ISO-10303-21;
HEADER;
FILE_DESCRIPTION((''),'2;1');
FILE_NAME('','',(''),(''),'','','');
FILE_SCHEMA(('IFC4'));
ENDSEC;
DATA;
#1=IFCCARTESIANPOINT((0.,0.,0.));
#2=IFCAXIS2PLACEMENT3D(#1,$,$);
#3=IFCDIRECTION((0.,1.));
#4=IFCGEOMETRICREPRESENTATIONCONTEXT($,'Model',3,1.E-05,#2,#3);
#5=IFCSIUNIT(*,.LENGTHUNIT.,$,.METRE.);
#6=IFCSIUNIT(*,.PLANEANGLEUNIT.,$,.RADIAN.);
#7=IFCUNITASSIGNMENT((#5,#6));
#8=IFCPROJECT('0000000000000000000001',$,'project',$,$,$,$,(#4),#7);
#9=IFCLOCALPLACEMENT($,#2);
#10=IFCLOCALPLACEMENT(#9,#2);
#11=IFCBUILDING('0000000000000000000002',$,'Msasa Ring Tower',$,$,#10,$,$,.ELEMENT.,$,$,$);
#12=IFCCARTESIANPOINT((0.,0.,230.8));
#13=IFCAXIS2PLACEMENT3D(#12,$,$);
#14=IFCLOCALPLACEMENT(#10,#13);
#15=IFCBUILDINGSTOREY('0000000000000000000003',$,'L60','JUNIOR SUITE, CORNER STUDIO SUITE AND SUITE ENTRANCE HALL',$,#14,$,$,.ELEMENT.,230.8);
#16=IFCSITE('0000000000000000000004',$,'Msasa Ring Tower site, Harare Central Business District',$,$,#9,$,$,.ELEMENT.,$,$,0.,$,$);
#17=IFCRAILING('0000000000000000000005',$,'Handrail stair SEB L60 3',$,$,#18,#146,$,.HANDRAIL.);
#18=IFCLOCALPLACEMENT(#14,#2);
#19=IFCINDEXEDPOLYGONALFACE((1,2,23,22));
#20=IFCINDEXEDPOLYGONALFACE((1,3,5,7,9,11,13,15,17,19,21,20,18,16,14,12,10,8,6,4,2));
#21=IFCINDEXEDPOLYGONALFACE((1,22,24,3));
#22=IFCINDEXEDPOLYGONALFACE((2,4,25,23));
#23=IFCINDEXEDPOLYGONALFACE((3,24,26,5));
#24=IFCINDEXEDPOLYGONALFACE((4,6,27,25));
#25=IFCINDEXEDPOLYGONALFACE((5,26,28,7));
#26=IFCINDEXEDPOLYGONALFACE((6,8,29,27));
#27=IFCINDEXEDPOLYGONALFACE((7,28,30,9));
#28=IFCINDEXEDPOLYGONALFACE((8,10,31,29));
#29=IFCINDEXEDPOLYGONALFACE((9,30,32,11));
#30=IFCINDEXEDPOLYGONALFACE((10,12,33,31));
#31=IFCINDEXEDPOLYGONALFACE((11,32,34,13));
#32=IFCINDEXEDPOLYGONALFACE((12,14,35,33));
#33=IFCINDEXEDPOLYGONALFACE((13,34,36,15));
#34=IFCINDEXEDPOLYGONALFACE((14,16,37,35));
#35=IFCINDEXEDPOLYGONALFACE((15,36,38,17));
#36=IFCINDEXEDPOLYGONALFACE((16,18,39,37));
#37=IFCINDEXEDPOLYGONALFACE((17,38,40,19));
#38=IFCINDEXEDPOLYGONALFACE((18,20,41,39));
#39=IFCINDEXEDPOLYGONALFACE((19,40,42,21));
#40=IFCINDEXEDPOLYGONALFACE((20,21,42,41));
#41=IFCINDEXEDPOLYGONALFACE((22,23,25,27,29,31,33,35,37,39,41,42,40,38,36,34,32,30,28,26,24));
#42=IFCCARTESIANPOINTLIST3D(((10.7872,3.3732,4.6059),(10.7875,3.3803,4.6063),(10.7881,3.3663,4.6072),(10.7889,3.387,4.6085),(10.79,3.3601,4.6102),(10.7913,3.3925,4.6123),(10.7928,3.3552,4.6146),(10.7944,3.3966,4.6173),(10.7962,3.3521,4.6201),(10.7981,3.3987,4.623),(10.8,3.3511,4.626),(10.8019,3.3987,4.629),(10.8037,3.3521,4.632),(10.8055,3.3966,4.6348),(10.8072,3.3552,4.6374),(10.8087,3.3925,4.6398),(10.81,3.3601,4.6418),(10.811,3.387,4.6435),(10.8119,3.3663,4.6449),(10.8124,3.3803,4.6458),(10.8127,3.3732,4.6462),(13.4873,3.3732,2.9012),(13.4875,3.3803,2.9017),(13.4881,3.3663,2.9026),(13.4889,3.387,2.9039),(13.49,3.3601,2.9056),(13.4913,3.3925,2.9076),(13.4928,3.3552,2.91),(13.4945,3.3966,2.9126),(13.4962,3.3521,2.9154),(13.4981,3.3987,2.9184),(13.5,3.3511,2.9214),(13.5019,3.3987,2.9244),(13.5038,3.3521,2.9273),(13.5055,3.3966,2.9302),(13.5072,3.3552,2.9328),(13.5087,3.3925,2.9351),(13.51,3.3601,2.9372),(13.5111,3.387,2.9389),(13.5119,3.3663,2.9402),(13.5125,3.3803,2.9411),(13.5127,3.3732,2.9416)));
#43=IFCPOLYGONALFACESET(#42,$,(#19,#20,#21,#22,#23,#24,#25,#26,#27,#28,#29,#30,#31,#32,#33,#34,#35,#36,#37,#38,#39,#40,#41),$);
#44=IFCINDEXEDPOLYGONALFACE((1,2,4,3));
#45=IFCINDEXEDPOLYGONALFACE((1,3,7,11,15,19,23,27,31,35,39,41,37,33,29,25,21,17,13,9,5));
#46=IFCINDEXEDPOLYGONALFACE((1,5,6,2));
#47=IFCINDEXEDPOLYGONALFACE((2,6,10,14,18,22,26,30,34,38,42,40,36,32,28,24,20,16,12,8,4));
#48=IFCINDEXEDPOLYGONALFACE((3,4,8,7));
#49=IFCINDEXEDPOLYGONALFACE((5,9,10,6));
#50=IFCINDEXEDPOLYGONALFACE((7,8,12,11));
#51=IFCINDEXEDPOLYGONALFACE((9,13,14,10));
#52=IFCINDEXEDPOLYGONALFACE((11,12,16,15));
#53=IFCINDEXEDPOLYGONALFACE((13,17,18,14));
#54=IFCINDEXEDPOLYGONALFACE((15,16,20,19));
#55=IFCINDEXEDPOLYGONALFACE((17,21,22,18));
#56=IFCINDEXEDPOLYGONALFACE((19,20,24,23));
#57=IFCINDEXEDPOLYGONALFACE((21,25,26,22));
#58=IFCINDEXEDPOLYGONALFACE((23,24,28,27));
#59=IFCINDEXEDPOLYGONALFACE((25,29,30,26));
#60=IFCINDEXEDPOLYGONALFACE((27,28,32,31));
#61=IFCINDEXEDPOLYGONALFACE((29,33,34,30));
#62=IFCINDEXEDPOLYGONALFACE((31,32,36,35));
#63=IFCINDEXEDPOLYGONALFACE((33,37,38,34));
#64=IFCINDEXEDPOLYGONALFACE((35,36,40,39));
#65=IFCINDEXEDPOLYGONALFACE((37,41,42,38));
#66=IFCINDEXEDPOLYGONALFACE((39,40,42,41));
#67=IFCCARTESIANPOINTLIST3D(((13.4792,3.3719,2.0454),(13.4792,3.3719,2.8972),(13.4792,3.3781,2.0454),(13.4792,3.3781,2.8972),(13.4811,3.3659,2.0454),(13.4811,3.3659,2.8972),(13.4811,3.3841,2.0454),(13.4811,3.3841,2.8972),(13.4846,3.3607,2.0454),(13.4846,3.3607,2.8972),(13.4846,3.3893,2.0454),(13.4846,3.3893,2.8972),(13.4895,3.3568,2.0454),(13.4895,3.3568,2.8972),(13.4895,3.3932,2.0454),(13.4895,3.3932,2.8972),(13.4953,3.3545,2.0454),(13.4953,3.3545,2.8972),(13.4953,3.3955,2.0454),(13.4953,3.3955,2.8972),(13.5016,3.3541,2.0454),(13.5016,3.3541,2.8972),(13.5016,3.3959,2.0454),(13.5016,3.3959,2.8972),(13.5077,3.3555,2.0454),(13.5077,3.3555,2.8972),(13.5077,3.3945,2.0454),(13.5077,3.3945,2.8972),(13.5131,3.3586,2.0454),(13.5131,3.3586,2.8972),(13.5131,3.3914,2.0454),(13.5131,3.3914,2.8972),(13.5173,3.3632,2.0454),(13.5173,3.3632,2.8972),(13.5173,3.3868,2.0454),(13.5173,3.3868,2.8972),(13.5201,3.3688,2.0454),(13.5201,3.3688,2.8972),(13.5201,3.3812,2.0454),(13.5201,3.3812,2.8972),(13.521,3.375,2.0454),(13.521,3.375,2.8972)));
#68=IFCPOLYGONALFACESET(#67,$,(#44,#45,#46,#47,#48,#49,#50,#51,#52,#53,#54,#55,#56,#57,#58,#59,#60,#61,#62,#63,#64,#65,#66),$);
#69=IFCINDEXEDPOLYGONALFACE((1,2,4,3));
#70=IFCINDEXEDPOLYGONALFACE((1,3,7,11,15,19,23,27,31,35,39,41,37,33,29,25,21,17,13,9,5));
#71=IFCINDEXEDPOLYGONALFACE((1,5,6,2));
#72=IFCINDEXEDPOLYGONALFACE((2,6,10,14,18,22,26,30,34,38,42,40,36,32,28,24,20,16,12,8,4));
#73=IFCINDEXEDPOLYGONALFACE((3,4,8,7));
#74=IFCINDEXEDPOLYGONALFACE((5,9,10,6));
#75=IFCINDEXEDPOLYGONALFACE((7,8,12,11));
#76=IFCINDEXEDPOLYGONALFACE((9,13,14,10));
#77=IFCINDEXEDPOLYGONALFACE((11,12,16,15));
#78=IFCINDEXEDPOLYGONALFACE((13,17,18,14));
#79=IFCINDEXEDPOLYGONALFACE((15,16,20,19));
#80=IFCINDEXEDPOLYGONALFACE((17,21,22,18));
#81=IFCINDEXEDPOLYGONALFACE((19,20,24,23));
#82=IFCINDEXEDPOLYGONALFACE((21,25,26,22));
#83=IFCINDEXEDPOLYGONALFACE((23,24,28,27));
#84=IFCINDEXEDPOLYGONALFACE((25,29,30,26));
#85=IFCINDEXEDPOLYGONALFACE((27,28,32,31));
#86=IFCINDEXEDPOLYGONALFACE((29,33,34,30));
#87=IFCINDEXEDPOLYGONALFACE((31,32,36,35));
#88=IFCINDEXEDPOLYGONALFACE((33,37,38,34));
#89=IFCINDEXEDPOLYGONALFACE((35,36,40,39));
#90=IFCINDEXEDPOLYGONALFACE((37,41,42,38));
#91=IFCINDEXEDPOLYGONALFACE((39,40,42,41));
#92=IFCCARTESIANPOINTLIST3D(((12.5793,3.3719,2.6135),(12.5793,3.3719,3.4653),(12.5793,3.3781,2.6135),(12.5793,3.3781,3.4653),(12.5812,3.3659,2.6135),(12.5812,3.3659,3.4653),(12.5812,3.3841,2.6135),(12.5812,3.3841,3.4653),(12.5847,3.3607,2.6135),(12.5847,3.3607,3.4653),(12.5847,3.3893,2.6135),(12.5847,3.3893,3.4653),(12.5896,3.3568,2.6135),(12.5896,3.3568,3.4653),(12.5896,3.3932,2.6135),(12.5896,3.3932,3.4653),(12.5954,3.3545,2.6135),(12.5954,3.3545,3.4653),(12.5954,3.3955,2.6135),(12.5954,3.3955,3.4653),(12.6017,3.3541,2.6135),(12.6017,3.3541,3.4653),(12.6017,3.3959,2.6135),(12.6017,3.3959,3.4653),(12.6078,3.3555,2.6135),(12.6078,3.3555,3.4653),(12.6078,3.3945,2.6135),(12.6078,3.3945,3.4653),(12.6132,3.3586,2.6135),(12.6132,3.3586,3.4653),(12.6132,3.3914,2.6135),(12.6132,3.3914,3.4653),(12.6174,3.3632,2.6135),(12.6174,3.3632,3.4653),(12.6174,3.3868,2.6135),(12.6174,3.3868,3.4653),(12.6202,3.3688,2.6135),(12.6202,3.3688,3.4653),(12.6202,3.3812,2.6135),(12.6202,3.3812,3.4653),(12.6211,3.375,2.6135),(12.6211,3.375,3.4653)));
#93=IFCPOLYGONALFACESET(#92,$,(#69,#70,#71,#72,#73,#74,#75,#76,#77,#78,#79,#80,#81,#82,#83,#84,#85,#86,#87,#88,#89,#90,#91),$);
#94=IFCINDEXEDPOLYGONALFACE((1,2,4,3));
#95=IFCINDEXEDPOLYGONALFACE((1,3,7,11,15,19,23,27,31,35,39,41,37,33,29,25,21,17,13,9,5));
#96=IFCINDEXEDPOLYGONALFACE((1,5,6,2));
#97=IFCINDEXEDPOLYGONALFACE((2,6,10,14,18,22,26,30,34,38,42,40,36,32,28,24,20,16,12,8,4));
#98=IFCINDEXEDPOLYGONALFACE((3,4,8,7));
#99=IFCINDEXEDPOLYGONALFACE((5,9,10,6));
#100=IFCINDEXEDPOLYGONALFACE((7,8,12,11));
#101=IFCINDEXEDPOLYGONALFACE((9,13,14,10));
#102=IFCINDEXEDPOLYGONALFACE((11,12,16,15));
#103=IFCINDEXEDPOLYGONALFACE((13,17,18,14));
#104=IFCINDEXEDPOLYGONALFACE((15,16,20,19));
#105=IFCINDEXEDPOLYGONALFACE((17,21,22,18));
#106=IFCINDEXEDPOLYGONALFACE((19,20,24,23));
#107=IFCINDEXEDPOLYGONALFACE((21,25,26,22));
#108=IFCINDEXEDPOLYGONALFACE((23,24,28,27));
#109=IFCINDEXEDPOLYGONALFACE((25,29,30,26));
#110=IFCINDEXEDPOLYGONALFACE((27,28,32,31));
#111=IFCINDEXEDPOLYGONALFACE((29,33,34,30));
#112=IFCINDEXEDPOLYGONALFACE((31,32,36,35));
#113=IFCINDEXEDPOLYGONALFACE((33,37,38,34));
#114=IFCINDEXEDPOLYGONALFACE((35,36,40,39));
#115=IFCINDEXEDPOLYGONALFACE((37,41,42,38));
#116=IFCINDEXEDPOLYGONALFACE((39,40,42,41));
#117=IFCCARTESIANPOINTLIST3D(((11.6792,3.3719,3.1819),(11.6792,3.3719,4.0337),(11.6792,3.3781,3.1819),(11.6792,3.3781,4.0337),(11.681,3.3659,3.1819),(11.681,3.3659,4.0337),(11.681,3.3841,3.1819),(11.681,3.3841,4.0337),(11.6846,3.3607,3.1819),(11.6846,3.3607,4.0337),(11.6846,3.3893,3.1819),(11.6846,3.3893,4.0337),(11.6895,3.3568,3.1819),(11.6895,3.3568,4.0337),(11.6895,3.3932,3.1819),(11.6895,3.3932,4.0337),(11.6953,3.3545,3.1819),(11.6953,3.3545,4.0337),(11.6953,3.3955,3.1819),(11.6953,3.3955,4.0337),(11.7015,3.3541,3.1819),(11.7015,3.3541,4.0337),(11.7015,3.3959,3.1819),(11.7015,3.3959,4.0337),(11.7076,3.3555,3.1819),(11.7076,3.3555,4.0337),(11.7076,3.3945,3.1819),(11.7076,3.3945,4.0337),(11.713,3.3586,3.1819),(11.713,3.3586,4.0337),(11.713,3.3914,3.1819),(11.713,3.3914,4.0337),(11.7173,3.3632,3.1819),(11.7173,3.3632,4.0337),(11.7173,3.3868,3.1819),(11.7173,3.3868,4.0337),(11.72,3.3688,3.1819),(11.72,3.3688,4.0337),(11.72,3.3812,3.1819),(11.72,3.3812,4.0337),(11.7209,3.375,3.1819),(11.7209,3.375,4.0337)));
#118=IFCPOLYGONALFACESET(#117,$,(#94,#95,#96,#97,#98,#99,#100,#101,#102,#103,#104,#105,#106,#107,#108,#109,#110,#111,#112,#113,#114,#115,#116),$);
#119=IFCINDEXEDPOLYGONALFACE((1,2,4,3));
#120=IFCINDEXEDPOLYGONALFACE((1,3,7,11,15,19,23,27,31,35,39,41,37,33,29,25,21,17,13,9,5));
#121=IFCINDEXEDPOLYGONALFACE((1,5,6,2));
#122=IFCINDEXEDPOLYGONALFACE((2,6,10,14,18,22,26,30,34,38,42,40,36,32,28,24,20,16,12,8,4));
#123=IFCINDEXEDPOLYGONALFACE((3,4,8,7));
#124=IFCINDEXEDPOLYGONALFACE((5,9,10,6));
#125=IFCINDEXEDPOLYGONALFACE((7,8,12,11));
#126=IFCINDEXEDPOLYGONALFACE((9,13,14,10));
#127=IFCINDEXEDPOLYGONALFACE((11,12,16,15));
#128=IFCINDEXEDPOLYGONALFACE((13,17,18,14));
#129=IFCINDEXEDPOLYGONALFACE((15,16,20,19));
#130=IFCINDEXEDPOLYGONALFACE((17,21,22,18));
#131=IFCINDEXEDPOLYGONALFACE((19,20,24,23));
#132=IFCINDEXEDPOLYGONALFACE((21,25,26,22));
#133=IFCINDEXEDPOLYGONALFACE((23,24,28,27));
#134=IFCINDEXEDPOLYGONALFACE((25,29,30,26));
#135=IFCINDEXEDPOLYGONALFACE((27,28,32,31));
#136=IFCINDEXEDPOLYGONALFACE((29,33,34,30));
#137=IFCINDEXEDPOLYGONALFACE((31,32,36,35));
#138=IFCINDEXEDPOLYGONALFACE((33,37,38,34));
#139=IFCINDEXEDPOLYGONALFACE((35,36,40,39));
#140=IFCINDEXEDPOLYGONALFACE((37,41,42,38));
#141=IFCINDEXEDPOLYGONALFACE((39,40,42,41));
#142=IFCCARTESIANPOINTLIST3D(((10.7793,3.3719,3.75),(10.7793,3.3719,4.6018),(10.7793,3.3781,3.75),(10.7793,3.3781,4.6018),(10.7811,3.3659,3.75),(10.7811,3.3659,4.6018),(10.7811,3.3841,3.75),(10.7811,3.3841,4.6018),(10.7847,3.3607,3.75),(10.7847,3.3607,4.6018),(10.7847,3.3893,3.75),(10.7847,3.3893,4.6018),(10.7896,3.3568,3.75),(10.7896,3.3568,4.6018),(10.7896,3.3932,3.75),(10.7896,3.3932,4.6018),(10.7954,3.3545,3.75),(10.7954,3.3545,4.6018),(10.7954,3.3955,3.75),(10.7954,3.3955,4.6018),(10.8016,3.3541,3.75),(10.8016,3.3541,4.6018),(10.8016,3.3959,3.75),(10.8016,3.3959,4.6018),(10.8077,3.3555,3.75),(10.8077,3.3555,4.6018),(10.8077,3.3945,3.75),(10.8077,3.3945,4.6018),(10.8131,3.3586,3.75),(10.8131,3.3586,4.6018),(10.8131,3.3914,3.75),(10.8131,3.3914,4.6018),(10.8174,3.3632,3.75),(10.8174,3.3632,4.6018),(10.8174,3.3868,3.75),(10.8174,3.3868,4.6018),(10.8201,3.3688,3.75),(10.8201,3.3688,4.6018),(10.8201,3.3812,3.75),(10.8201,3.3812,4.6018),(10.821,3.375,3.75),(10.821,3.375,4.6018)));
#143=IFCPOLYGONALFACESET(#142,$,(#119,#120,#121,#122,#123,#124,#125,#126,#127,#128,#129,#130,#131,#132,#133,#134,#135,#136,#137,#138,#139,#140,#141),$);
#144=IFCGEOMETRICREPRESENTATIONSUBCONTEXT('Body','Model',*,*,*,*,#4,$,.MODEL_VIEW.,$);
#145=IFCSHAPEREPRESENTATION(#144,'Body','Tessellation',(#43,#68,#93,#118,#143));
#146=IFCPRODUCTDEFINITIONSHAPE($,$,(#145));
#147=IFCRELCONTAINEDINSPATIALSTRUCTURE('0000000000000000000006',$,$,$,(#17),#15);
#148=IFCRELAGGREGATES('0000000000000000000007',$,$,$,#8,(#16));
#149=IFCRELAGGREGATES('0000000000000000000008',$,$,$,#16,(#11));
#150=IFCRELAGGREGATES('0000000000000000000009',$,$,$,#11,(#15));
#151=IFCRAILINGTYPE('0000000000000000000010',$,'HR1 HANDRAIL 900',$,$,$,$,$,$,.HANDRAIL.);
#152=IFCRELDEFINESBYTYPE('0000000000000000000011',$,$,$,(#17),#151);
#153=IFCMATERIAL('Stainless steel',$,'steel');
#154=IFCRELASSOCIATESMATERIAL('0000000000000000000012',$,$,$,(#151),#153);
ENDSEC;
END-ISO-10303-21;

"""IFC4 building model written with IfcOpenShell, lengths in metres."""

from ifc_helpers import new_model, si_unit, direction, frame, origin, origin_2d, place, context, subcontext, project, spatial, circle, extrude, material, type_object, element, save


model = new_model("IFC4")

# Units and contexts
model_context = context("Model", 3, precision=1e-05, world=origin(), true_north=direction((0.0, 1.0)))
body_context = subcontext(model_context, "Body", "Model", "MODEL_VIEW")
ifc_project = project(units=[si_unit("LENGTHUNIT", "METRE"), si_unit("PLANEANGLEUNIT", "RADIAN")], contexts=[model_context])

# Site, building, storey
site_placement = place(None, origin())
site = spatial("IfcSite", under=ifc_project, at=site_placement, Name="Msasa Ring Tower site, Harare Central Business District", CompositionType="ELEMENT", RefElevation=0.0)
building_placement = place(site_placement, origin())
building = spatial("IfcBuilding", under=site, at=building_placement, Name="Msasa Ring Tower", CompositionType="ELEMENT")
storey_placement = place(building_placement, frame((0.0, 0.0, 230.8)))
storey = spatial("IfcBuildingStorey", under=building, at=storey_placement, Name="L60", Description="JUNIOR SUITE, CORNER STUDIO SUITE AND SUITE ENTRANCE HALL", CompositionType="ELEMENT", Elevation=230.8)

# Railing
ifc_material_1 = material(Name="Stainless steel", Category="steel")
railing_type = type_object("IfcRailingType", Name="HR1 HANDRAIL 900", PredefinedType="HANDRAIL", material=ifc_material_1)
for number, where, name in (
    (1, (13.5, 3.375, 2.0454), "Handrail stair SEB L60 3"),
):
    element("IfcRailing", number, at=place(storey_placement, frame(where)), inside=storey, type_object=railing_type, Name=name, PredefinedType="HANDRAIL", context=body_context, shape_type="SweptSolid", body=[
        extrude(circle(Radius=0.0239, at=origin_2d()), frame((0.0, 0.0, 0.876), z_axis=(-0.84558, 0.0, 0.533849), x_axis=(0.0, -1.0, 0.0)), (0.0, 0.0, 1.0), 3.1931),
        extrude(circle(Radius=0.021, at=origin_2d()), origin(), (0.0, 0.0, 1.0), 0.8518),
        extrude(circle(Radius=0.021, at=origin_2d()), frame((-0.8999, 0.0, 0.5681)), (0.0, 0.0, 1.0), 0.8518),
        extrude(circle(Radius=0.021, at=origin_2d()), frame((-1.8, 0.0, 1.1365)), (0.0, 0.0, 1.0), 0.8518),
        extrude(circle(Radius=0.021, at=origin_2d()), frame((-2.7, 0.0, 1.7046)), (0.0, 0.0, 1.0), 0.8518),
    ])

save(model, "model.ifc")
